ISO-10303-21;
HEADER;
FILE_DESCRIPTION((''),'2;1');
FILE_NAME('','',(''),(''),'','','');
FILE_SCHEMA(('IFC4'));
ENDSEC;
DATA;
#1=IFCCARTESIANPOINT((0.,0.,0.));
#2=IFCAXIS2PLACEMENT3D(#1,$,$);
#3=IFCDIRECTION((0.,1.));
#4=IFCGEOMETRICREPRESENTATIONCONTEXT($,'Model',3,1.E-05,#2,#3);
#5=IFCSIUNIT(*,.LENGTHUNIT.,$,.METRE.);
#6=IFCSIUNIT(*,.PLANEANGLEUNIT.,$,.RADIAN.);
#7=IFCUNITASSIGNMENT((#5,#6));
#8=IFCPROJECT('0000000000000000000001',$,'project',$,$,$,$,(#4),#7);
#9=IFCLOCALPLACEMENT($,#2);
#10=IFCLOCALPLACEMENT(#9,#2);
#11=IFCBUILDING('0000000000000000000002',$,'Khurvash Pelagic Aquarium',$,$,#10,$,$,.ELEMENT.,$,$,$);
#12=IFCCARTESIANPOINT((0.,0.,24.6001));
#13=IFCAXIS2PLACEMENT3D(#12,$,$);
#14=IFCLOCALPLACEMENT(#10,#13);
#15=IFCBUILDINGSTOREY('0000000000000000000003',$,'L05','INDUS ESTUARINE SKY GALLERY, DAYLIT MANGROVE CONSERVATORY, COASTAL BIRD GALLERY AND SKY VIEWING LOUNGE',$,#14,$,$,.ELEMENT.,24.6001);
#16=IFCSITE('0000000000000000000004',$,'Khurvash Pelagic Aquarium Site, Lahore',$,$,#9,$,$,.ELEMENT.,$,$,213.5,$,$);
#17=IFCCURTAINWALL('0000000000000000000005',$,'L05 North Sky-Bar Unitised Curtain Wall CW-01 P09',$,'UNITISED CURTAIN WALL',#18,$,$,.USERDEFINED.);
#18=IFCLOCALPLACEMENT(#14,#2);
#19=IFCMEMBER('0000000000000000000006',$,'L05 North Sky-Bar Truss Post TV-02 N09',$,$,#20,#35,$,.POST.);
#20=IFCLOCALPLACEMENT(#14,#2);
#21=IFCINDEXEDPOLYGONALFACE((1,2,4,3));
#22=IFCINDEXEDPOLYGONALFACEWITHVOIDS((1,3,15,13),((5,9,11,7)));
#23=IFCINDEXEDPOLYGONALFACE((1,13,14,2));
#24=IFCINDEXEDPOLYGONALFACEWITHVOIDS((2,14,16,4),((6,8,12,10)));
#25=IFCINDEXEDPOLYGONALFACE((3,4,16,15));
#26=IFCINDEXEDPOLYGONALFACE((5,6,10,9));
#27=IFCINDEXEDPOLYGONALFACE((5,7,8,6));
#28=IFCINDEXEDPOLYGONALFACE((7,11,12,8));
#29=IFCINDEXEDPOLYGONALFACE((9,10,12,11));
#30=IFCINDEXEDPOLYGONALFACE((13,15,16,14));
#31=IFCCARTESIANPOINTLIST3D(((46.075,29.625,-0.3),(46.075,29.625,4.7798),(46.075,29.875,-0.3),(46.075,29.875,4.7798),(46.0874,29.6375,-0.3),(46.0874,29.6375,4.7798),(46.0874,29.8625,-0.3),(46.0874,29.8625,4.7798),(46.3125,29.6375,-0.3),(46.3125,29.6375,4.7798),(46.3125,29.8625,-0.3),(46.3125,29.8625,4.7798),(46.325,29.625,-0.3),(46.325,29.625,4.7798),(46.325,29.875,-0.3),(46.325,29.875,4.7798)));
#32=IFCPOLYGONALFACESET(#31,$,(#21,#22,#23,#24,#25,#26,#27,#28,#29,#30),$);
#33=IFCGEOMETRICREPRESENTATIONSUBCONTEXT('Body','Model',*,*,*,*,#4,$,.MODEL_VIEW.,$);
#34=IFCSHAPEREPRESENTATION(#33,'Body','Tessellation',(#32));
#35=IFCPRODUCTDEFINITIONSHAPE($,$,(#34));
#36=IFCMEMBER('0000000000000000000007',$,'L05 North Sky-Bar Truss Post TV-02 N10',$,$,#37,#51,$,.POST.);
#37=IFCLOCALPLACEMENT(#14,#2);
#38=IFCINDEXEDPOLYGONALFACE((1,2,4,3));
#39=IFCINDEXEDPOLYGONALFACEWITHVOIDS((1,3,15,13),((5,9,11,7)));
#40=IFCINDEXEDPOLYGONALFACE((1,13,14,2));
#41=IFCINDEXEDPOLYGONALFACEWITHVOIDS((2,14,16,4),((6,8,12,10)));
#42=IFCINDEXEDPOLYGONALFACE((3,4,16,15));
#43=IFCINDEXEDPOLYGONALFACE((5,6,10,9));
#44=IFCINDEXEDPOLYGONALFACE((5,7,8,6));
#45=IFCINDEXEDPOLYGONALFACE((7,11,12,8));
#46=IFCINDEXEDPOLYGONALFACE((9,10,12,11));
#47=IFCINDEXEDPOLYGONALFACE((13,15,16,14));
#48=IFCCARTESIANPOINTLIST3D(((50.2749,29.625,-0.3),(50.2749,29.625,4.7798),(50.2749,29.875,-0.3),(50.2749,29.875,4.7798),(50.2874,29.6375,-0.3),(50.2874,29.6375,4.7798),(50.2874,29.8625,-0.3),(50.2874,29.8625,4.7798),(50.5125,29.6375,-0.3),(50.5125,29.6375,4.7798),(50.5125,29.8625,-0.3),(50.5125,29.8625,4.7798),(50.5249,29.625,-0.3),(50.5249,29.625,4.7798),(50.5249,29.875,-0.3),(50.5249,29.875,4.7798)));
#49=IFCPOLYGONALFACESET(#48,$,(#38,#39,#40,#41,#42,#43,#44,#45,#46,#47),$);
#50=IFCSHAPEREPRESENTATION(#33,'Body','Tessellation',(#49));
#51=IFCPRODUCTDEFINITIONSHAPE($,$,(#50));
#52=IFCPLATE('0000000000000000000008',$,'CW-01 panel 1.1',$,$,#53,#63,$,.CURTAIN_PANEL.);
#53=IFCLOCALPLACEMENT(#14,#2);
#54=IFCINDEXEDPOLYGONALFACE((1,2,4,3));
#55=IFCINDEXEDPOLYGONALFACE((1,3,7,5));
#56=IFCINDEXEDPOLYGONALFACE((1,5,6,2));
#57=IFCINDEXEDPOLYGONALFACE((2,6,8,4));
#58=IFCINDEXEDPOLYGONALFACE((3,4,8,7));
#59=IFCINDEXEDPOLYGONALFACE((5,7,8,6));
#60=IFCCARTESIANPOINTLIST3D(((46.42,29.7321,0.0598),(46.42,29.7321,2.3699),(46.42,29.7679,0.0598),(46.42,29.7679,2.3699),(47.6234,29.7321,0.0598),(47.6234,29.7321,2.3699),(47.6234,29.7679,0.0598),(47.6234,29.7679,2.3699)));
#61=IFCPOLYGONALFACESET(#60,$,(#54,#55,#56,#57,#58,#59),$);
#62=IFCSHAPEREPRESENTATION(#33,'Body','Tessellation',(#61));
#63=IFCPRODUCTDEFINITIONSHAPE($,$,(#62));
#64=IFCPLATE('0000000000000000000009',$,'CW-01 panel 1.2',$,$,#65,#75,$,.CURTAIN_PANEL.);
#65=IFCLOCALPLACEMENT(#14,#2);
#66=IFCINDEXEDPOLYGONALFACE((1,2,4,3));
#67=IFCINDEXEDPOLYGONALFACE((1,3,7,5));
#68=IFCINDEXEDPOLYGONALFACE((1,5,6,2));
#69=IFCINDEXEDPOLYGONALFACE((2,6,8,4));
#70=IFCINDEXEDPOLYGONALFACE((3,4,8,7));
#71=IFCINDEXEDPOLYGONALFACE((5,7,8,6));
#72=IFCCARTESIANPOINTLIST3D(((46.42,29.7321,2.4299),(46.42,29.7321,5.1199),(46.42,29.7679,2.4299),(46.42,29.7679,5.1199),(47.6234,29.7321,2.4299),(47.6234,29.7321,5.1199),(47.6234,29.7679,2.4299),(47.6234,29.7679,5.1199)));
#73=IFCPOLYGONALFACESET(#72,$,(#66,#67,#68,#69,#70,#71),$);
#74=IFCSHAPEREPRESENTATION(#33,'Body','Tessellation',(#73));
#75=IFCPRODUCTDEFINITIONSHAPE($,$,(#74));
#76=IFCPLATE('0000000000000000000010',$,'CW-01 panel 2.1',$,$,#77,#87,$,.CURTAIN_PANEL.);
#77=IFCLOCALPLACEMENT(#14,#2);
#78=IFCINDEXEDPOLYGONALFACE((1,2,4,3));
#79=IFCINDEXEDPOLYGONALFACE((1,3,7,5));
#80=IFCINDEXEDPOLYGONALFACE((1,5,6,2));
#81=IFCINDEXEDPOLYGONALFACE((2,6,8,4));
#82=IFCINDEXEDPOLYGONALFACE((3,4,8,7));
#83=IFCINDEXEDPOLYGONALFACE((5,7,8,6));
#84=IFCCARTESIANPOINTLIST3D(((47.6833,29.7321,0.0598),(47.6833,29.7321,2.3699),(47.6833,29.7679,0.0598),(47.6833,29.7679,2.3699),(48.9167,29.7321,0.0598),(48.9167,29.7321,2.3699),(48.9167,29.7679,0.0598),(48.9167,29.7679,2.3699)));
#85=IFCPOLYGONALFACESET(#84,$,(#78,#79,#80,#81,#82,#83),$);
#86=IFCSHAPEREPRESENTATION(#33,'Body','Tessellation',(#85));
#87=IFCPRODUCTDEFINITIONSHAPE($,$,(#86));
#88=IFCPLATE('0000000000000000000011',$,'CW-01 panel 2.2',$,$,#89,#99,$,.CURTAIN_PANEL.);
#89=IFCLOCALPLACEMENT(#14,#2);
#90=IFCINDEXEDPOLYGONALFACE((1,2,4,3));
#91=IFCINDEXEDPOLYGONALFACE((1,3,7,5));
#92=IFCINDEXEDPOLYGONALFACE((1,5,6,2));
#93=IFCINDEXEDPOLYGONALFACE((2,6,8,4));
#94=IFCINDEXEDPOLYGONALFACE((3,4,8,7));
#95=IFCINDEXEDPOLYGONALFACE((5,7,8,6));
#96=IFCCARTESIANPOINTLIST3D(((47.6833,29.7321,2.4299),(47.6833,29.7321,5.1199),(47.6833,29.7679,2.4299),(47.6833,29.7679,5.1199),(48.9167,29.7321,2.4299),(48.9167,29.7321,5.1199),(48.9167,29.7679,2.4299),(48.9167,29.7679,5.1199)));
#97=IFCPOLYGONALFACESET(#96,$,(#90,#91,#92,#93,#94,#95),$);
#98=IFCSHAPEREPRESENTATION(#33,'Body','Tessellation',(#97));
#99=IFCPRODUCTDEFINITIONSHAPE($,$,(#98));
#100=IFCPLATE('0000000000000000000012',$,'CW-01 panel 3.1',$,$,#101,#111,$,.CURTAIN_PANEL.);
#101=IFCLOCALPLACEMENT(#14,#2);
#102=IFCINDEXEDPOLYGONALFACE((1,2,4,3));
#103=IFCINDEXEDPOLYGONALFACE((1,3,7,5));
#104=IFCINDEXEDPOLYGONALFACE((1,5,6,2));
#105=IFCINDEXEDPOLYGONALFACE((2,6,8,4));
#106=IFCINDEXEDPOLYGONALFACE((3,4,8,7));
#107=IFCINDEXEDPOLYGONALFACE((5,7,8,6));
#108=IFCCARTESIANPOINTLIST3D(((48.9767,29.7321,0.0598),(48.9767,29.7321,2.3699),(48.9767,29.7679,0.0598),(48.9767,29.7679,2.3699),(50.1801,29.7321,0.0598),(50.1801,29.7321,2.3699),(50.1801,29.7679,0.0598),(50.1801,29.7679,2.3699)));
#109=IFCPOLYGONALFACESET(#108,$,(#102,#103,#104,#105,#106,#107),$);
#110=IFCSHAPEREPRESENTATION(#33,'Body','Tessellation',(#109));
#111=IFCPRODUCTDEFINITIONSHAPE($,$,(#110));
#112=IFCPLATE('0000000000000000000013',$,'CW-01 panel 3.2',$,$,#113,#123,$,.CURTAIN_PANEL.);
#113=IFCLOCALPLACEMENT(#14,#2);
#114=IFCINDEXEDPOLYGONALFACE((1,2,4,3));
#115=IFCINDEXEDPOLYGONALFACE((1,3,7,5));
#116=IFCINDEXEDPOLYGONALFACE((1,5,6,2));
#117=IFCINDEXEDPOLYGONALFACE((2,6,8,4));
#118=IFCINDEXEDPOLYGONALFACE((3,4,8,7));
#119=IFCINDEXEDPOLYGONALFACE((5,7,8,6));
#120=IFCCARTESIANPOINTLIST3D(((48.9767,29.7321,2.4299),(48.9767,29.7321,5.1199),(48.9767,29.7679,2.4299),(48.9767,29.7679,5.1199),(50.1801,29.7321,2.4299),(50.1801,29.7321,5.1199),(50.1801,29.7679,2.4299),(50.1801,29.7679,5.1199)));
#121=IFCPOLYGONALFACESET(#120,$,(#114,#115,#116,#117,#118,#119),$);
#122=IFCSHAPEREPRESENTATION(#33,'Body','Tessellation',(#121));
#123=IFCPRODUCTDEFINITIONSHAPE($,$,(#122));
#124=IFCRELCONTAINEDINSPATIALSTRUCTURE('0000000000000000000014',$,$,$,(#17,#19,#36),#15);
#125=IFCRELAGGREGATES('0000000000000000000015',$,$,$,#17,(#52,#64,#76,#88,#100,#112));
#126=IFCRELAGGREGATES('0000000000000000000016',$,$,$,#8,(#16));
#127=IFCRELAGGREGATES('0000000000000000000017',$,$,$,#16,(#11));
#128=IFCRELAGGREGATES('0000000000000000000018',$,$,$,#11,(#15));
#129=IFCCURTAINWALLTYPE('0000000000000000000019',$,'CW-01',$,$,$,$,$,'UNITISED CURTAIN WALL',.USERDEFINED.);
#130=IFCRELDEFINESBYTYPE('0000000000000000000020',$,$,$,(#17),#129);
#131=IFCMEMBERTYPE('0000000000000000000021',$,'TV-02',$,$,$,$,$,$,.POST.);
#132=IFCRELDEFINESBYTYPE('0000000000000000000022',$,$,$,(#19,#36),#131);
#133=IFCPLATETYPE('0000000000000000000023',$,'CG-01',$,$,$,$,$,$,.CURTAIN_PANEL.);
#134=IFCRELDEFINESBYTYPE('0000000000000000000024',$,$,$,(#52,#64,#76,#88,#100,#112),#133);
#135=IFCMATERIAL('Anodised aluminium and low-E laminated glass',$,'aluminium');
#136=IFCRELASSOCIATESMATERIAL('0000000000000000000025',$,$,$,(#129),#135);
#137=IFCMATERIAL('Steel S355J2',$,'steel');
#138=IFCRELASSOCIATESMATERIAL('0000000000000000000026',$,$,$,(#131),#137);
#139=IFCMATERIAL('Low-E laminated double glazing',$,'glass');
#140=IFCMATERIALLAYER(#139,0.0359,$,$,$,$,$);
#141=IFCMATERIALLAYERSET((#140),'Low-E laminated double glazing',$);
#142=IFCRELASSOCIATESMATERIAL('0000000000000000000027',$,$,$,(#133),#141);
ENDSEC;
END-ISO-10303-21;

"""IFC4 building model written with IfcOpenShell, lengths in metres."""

from ifc_helpers import new_model, si_unit, direction, frame, origin, origin_2d, place, context, subcontext, project, spatial, rectangle, hollow_rectangle, extrude, material, layer, layer_set, material_profile, profile_set, type_object, element, aggregate, save


model = new_model("IFC4")

# Units and contexts
model_context = context("Model", 3, precision=1e-05, world=origin(), true_north=direction((0.0, 1.0)))
body_context = subcontext(model_context, "Body", "Model", "MODEL_VIEW")
ifc_project = project(units=[si_unit("LENGTHUNIT", "METRE"), si_unit("PLANEANGLEUNIT", "RADIAN")], contexts=[model_context])

# Site, building, storey
site_placement = place(None, origin())
site = spatial("IfcSite", under=ifc_project, at=site_placement, Name="Khurvash Pelagic Aquarium Site, Lahore", CompositionType="ELEMENT", RefElevation=213.5)
building_placement = place(site_placement, origin())
building = spatial("IfcBuilding", under=site, at=building_placement, Name="Khurvash Pelagic Aquarium", CompositionType="ELEMENT")
storey_placement = place(building_placement, frame((0.0, 0.0, 24.6001)))
storey = spatial("IfcBuildingStorey", under=building, at=storey_placement, Name="L05", Description="INDUS ESTUARINE SKY GALLERY, DAYLIT MANGROVE CONSERVATORY, COASTAL BIRD GALLERY AND SKY VIEWING LOUNGE", CompositionType="ELEMENT", Elevation=24.6001)

# Shared definitions
ifc_material_1 = material(Name="Anodised aluminium and low-E laminated glass", Category="aluminium")
curtain_wall_type = type_object("IfcCurtainWallType", Name="CW-01", ElementType="UNITISED CURTAIN WALL", PredefinedType="USERDEFINED", material=ifc_material_1)

# Curtain wall
curtain_wall_1_placement = place(storey_placement, origin())
curtain_wall_1 = element("IfcCurtainWall", 1, at=curtain_wall_1_placement, inside=storey, type_object=curtain_wall_type, Name="L05 North Sky-Bar Unitised Curtain Wall CW-01 P09", ObjectType="UNITISED CURTAIN WALL", PredefinedType="USERDEFINED")

# Members
ifc_material_2 = material(Name="Steel S355J2", Category="steel")
ifc_material_profile_1 = material_profile(ifc_material_2, hollow_rectangle(XDim=0.25, YDim=0.25, WallThickness=0.0125, at=origin_2d()), Name="SHS250X250X12")
ifc_profile_set_1 = profile_set([ifc_material_profile_1], Name="Steel S355J2")
member_type_1 = type_object("IfcMemberType", Name="TV-02", PredefinedType="POST", material=ifc_profile_set_1)
for number, where, z_axis, x_axis, name in (
    (2, (46.2, 29.75, -0.3), (0.0, 0.0, 1.0), (1.0, 0.0, 0.0), "L05 North Sky-Bar Truss Post TV-02 N09"),
    (3, (50.3999, 29.75, -0.3), (0.0, 0.0, 1.0), (1.0, 0.0, 0.0), "L05 North Sky-Bar Truss Post TV-02 N10"),
):
    element("IfcMember", number, at=place(storey_placement, frame(where, z_axis=z_axis, x_axis=x_axis)), inside=storey, type_object=member_type_1, Name=name, PredefinedType="POST", context=body_context, shape_type="SweptSolid", body=[
        extrude(hollow_rectangle(XDim=0.25, YDim=0.25, WallThickness=0.0125, at=origin_2d()), origin(), (0.0, 0.0, 1.0), 5.0798),
    ])

# Plates
ifc_material_3 = material(Name="Low-E laminated double glazing", Category="glass")
ifc_layer = layer(ifc_material_3, 0.0359)
ifc_layer_set = layer_set([ifc_layer], Name="Low-E laminated double glazing")
plate_type = type_object("IfcPlateType", Name="CG-01", PredefinedType="CURTAIN_PANEL", material=ifc_layer_set)
plate_1_placement = place(storey_placement, frame((47.0217, 29.75, 0.0598), z_axis=(0.0, 0.0, 1.0), x_axis=(1.0, 0.0, 0.0)))
plate_1 = element("IfcPlate", 4, at=plate_1_placement, type_object=plate_type, Name="CW-01 panel 1.1", PredefinedType="CURTAIN_PANEL", context=body_context, shape_type="SweptSolid", body=[
    extrude(rectangle(XDim=1.2034, YDim=0.0359, at=origin_2d()), origin(), (0.0, 0.0, 1.0), 2.3101),
])
plate_2_placement = place(storey_placement, frame((47.0217, 29.75, 2.4299), z_axis=(0.0, 0.0, 1.0), x_axis=(1.0, 0.0, 0.0)))
plate_2 = element("IfcPlate", 5, at=plate_2_placement, type_object=plate_type, Name="CW-01 panel 1.2", PredefinedType="CURTAIN_PANEL", context=body_context, shape_type="SweptSolid", body=[
    extrude(rectangle(XDim=1.2034, YDim=0.0359, at=origin_2d()), origin(), (0.0, 0.0, 1.0), 2.6899),
])
plate_3_placement = place(storey_placement, frame((48.3, 29.75, 0.0598), z_axis=(0.0, 0.0, 1.0), x_axis=(1.0, 0.0, 0.0)))
plate_3 = element("IfcPlate", 6, at=plate_3_placement, type_object=plate_type, Name="CW-01 panel 2.1", PredefinedType="CURTAIN_PANEL", context=body_context, shape_type="SweptSolid", body=[
    extrude(rectangle(XDim=1.2334, YDim=0.0359, at=origin_2d()), origin(), (0.0, 0.0, 1.0), 2.3101),
])
plate_4_placement = place(storey_placement, frame((48.3, 29.75, 2.4299), z_axis=(0.0, 0.0, 1.0), x_axis=(1.0, 0.0, 0.0)))
plate_4 = element("IfcPlate", 7, at=plate_4_placement, type_object=plate_type, Name="CW-01 panel 2.2", PredefinedType="CURTAIN_PANEL", context=body_context, shape_type="SweptSolid", body=[
    extrude(rectangle(XDim=1.2334, YDim=0.0359, at=origin_2d()), origin(), (0.0, 0.0, 1.0), 2.6899),
])
plate_5_placement = place(storey_placement, frame((49.5784, 29.75, 0.0598), z_axis=(0.0, 0.0, 1.0), x_axis=(1.0, 0.0, 0.0)))
plate_5 = element("IfcPlate", 8, at=plate_5_placement, type_object=plate_type, Name="CW-01 panel 3.1", PredefinedType="CURTAIN_PANEL", context=body_context, shape_type="SweptSolid", body=[
    extrude(rectangle(XDim=1.2034, YDim=0.0359, at=origin_2d()), origin(), (0.0, 0.0, 1.0), 2.3101),
])
plate_6_placement = place(storey_placement, frame((49.5784, 29.75, 2.4299), z_axis=(0.0, 0.0, 1.0), x_axis=(1.0, 0.0, 0.0)))
plate_6 = element("IfcPlate", 9, at=plate_6_placement, type_object=plate_type, Name="CW-01 panel 3.2", PredefinedType="CURTAIN_PANEL", context=body_context, shape_type="SweptSolid", body=[
    extrude(rectangle(XDim=1.2034, YDim=0.0359, at=origin_2d()), origin(), (0.0, 0.0, 1.0), 2.6899),
])
aggregate(curtain_wall_1, [plate_1, plate_2, plate_3, plate_4, plate_5, plate_6])

save(model, "model.ifc")
